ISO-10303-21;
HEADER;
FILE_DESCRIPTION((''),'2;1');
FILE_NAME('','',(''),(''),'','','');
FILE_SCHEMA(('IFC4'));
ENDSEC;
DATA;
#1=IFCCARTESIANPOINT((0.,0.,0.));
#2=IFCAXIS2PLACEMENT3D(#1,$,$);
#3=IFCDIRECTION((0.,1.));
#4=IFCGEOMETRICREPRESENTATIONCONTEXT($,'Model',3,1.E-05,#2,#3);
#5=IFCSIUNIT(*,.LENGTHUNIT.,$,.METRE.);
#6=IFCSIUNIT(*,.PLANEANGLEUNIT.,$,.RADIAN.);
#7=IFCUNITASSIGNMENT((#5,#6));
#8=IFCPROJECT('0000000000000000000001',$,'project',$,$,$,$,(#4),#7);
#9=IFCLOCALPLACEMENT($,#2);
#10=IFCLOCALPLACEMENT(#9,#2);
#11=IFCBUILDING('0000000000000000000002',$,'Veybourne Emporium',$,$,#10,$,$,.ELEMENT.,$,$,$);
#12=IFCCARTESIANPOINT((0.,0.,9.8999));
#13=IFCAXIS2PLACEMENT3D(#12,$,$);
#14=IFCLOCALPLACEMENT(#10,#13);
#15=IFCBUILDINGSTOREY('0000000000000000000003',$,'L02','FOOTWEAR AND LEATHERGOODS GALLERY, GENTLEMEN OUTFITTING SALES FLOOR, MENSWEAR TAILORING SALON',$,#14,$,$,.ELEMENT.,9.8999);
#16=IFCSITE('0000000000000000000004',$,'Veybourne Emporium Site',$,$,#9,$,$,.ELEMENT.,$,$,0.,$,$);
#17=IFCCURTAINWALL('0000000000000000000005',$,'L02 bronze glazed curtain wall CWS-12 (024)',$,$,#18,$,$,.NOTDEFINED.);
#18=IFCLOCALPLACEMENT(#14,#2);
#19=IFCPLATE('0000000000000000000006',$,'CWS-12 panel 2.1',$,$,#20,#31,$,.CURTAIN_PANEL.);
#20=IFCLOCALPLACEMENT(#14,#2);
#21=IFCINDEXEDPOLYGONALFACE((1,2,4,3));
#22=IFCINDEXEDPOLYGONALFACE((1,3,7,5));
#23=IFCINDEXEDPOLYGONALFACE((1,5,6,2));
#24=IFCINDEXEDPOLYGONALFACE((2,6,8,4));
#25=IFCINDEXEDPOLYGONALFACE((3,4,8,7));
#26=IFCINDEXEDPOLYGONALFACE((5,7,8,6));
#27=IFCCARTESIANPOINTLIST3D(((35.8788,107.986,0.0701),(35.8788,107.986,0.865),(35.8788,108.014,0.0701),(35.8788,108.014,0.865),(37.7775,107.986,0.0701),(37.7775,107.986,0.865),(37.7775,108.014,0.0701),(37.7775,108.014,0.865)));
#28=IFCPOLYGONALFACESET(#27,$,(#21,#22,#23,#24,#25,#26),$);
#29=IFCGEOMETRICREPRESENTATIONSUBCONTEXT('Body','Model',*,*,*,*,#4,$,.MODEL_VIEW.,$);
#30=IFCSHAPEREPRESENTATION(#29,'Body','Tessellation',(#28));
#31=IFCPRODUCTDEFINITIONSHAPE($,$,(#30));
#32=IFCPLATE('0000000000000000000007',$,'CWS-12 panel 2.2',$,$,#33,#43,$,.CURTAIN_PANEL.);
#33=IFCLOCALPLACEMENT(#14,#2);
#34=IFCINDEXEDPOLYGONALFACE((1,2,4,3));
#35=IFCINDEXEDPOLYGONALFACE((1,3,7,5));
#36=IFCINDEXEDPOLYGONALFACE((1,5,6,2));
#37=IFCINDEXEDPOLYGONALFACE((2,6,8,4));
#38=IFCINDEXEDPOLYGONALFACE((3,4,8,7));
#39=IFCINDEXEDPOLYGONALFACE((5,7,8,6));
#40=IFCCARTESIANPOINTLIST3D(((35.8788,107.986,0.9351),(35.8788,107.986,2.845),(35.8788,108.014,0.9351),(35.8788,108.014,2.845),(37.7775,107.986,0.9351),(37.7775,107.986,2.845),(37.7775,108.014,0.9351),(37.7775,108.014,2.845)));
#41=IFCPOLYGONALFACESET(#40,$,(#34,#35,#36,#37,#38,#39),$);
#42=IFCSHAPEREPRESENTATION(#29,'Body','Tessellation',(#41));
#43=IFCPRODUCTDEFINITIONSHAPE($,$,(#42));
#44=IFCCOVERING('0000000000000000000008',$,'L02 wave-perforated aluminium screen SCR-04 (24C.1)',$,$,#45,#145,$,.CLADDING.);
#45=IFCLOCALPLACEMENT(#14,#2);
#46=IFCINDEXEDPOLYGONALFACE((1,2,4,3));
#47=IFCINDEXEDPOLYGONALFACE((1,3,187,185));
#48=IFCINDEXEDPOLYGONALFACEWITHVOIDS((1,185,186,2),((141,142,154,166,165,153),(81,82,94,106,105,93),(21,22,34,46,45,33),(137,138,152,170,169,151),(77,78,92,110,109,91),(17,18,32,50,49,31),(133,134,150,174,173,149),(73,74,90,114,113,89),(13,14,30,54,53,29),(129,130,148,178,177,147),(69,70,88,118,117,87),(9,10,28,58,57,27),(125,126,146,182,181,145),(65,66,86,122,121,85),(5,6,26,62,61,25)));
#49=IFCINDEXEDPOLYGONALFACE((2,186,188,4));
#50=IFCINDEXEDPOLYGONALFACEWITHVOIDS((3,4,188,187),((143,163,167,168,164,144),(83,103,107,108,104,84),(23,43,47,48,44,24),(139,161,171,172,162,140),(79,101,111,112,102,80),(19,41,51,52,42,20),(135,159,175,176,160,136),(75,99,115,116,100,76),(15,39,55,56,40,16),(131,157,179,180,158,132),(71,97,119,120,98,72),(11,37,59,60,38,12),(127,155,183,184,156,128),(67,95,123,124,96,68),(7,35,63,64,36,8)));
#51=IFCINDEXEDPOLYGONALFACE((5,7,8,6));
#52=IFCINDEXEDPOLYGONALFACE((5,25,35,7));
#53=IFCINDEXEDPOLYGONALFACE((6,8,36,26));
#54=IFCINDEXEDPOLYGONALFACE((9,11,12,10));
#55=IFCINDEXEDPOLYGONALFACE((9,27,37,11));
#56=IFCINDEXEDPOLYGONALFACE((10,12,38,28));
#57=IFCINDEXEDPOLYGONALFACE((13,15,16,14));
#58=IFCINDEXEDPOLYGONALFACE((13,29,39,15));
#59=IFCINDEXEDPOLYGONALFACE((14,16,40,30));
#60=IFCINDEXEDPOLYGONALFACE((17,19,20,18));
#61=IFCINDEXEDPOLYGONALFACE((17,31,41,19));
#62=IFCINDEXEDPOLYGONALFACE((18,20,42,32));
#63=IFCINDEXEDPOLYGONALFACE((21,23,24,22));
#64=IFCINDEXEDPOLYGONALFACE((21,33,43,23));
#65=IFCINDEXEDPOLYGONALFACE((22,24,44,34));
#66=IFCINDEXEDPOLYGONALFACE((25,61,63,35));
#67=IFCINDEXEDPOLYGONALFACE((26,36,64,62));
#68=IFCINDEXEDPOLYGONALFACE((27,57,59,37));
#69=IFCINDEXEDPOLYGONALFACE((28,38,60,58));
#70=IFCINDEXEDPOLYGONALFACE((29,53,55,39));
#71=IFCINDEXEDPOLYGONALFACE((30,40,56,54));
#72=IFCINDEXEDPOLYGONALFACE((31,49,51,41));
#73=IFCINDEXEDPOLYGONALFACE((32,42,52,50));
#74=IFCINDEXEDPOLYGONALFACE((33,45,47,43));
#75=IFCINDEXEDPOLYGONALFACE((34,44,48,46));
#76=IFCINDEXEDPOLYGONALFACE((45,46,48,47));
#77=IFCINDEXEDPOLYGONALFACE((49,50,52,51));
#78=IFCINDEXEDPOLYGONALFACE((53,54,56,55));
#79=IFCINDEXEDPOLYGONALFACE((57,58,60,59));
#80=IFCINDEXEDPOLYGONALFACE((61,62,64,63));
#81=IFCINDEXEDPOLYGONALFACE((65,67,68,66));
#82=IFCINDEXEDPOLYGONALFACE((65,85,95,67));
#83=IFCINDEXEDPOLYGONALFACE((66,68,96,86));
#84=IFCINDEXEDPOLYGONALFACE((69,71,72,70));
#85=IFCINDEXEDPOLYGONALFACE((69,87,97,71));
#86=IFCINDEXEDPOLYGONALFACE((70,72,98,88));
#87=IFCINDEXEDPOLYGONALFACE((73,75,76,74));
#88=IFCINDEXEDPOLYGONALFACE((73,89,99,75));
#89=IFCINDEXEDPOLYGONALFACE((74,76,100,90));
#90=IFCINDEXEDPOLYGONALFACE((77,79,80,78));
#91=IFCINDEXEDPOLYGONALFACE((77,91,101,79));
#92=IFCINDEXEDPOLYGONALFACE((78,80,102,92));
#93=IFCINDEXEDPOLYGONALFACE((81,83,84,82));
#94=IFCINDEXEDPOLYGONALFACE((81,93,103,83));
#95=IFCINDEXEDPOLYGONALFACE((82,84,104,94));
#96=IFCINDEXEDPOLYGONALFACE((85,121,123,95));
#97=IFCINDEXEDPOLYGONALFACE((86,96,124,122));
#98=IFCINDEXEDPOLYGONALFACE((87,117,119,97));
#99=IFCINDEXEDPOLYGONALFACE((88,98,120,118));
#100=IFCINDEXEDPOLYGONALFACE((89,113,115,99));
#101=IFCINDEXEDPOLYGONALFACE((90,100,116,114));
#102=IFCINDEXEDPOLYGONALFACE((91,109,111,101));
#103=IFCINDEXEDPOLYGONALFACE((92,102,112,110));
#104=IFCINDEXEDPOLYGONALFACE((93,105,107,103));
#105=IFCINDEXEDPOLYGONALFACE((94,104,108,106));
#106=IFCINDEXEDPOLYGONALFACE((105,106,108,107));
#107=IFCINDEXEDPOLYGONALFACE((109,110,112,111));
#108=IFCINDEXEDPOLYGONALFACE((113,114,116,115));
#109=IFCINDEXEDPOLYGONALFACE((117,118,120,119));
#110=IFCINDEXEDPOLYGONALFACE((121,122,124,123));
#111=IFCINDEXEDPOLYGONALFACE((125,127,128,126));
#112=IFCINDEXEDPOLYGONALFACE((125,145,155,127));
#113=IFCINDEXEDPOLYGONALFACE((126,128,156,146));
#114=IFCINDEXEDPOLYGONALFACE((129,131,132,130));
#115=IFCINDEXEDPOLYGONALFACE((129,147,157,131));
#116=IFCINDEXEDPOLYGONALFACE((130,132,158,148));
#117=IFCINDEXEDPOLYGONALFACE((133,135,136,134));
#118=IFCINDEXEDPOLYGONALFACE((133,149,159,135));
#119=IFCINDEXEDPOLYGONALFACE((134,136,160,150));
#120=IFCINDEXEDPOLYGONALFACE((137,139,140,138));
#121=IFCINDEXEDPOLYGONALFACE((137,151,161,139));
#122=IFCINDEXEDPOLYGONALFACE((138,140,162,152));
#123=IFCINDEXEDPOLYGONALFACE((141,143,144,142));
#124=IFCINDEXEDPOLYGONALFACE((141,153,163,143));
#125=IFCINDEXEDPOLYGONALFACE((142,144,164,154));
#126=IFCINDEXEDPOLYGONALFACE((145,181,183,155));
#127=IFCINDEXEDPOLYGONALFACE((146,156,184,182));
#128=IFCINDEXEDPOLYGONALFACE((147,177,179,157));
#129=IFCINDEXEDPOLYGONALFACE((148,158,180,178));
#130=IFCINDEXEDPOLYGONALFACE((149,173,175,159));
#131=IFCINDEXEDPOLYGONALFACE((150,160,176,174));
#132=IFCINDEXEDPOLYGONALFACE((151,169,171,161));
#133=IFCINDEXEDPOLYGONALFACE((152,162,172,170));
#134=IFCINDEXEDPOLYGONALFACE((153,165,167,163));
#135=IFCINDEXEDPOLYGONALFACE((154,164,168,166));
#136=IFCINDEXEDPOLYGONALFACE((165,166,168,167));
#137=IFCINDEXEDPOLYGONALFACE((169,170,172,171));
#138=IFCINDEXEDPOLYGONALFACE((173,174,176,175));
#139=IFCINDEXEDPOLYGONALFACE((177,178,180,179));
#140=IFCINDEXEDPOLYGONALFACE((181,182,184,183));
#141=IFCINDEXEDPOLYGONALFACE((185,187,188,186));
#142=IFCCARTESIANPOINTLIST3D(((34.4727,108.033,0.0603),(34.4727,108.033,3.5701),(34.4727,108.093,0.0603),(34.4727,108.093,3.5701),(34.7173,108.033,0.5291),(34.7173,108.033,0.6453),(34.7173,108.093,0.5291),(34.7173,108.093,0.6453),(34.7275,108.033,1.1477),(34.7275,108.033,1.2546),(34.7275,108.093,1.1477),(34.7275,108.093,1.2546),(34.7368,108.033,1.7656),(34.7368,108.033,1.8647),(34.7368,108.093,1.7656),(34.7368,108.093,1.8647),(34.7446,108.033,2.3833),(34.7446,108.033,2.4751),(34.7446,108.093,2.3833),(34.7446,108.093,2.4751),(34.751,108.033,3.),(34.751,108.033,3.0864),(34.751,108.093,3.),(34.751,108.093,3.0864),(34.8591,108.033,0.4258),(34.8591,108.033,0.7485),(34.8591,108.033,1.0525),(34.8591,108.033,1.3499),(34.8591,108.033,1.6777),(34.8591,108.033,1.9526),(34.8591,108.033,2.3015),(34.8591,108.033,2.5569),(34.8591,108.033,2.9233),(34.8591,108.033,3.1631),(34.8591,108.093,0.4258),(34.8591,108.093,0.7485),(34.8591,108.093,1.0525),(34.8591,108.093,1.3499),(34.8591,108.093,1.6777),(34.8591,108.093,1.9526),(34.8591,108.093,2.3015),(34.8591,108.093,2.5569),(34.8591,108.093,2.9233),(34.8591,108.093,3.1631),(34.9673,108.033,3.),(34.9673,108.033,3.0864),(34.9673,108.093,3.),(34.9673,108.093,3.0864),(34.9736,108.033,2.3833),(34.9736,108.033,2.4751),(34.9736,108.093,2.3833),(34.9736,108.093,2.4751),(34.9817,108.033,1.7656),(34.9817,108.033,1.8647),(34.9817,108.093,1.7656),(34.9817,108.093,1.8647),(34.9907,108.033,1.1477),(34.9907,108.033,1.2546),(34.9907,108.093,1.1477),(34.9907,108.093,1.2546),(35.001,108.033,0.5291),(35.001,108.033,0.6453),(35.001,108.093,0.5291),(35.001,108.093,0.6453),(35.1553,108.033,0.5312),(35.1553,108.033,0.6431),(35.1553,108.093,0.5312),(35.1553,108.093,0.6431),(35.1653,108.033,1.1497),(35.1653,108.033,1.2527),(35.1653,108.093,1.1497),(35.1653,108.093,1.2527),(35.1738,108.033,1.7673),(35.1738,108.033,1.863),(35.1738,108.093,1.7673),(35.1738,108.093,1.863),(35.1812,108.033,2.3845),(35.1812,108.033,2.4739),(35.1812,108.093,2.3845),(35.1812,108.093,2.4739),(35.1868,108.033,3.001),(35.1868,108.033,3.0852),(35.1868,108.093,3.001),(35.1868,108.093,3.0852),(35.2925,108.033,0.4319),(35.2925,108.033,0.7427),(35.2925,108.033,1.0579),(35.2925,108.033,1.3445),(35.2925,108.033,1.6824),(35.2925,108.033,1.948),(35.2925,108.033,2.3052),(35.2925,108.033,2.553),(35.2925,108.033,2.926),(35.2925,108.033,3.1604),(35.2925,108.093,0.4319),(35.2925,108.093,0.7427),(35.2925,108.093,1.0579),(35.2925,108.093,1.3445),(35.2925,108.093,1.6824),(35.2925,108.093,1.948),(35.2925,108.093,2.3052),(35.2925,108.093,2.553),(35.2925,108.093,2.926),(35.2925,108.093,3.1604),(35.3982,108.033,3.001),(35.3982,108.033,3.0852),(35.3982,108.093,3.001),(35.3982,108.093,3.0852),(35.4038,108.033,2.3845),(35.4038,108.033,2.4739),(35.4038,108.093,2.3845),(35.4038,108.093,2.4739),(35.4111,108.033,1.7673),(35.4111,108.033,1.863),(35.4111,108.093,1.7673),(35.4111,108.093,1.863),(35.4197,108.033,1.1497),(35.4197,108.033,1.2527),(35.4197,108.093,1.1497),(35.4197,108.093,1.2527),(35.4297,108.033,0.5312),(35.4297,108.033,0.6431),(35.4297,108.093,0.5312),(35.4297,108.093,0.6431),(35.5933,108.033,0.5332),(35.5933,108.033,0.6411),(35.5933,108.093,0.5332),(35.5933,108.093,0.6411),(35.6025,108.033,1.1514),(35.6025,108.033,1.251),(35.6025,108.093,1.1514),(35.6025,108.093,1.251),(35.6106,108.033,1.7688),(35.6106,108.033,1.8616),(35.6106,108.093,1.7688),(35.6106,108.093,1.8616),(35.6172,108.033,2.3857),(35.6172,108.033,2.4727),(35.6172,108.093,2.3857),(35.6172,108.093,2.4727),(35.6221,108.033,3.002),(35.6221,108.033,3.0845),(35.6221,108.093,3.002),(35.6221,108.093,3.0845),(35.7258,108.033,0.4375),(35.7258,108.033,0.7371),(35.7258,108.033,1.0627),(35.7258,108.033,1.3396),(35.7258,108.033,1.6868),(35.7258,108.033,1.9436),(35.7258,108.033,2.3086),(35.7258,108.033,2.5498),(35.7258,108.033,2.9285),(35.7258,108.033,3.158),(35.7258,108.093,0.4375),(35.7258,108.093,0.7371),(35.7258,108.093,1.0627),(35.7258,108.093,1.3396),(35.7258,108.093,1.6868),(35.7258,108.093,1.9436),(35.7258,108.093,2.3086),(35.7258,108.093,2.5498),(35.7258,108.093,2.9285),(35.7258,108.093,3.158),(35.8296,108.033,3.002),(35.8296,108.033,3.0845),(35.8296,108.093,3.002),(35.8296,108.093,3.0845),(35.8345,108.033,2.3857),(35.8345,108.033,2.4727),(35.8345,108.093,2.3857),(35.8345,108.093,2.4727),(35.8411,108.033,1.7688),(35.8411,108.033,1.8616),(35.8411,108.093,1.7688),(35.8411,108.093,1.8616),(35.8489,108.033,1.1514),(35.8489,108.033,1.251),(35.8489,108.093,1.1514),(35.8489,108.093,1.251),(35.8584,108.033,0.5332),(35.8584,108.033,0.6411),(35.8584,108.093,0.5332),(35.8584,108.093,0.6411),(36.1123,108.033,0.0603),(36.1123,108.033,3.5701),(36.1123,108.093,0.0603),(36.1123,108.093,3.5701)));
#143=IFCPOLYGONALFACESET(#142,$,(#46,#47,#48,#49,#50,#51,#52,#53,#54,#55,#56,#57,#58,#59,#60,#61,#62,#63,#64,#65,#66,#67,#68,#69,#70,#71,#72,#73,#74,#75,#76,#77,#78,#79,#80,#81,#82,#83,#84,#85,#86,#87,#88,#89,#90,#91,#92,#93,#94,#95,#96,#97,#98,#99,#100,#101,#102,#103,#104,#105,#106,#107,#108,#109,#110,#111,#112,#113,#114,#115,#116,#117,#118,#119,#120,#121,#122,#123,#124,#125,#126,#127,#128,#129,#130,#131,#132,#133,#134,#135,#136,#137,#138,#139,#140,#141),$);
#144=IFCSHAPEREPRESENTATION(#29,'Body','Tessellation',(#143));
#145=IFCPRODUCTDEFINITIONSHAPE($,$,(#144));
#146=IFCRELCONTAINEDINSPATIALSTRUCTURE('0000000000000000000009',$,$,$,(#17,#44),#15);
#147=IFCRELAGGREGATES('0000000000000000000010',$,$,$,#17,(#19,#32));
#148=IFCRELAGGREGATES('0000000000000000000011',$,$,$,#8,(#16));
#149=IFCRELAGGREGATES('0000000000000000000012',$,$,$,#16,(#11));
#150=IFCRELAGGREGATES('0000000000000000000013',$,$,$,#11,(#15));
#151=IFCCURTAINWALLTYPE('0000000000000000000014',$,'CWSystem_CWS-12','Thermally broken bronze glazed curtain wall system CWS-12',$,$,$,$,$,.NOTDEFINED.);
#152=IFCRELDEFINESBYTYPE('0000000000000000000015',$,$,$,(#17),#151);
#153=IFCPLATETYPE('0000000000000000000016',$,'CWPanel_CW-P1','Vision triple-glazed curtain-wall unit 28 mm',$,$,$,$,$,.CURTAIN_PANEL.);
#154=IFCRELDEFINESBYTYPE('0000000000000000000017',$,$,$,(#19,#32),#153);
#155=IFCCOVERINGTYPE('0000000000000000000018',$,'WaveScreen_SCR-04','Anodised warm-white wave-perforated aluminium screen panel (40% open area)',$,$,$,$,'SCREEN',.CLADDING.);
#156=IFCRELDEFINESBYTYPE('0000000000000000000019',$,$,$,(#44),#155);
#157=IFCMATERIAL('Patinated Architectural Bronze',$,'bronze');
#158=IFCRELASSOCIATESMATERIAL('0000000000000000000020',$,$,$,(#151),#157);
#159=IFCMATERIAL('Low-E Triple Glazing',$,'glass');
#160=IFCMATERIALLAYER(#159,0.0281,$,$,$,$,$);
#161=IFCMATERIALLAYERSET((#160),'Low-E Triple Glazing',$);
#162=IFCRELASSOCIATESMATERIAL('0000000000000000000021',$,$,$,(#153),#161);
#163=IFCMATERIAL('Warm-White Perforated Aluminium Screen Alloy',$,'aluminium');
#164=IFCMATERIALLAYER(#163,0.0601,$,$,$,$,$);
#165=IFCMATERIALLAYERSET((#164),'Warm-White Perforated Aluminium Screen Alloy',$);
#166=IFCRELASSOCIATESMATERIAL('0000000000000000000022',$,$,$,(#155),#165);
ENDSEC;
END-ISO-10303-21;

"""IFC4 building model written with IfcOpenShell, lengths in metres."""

from ifc_helpers import new_model, si_unit, direction, frame, origin, origin_2d, place, context, subcontext, project, spatial, polyline, rectangle, outline, extrude, material, layer, layer_set, type_object, element, aggregate, save


model = new_model("IFC4")

# Units and contexts
model_context = context("Model", 3, precision=1e-05, world=origin(), true_north=direction((0.0, 1.0)))
body_context = subcontext(model_context, "Body", "Model", "MODEL_VIEW")
ifc_project = project(units=[si_unit("LENGTHUNIT", "METRE"), si_unit("PLANEANGLEUNIT", "RADIAN")], contexts=[model_context])

# Site, building, storey
site_placement = place(None, origin())
site = spatial("IfcSite", under=ifc_project, at=site_placement, Name="Veybourne Emporium Site", CompositionType="ELEMENT", RefElevation=0.0)
building_placement = place(site_placement, origin())
building = spatial("IfcBuilding", under=site, at=building_placement, Name="Veybourne Emporium", CompositionType="ELEMENT")
storey_placement = place(building_placement, frame((0.0, 0.0, 9.8999)))
storey = spatial("IfcBuildingStorey", under=building, at=storey_placement, Name="L02", Description="FOOTWEAR AND LEATHERGOODS GALLERY, GENTLEMEN OUTFITTING SALES FLOOR, MENSWEAR TAILORING SALON", CompositionType="ELEMENT", Elevation=9.8999)

# Curtain wall
ifc_material_1 = material(Name="Patinated Architectural Bronze", Category="bronze")
curtain_wall_type = type_object("IfcCurtainWallType", Name="CWSystem_CWS-12", Description="Thermally broken bronze glazed curtain wall system CWS-12", PredefinedType="NOTDEFINED", material=ifc_material_1)
curtain_wall_placement = place(storey_placement, origin())
curtain_wall = element("IfcCurtainWall", 1, at=curtain_wall_placement, inside=storey, type_object=curtain_wall_type, Name="L02 bronze glazed curtain wall CWS-12 (024)", PredefinedType="NOTDEFINED")

# Plates
ifc_material_2 = material(Name="Low-E Triple Glazing", Category="glass")
ifc_layer_1 = layer(ifc_material_2, 0.0281)
ifc_layer_set_1 = layer_set([ifc_layer_1], Name="Low-E Triple Glazing")
plate_type = type_object("IfcPlateType", Name="CWPanel_CW-P1", Description="Vision triple-glazed curtain-wall unit 28 mm", PredefinedType="CURTAIN_PANEL", material=ifc_layer_set_1)
plate_1_placement = place(storey_placement, frame((36.8281, 108.0, 0.0701), z_axis=(0.0, 0.0, 1.0), x_axis=(1.0, 0.0, 0.0)))
plate_1 = element("IfcPlate", 2, at=plate_1_placement, type_object=plate_type, Name="CWS-12 panel 2.1", PredefinedType="CURTAIN_PANEL", context=body_context, shape_type="SweptSolid", body=[
    extrude(rectangle(XDim=1.8987, YDim=0.0281, at=origin_2d()), origin(), (0.0, 0.0, 1.0), 0.7949),
])
plate_2_placement = place(storey_placement, frame((36.8281, 108.0, 0.9351), z_axis=(0.0, 0.0, 1.0), x_axis=(1.0, 0.0, 0.0)))
plate_2 = element("IfcPlate", 3, at=plate_2_placement, type_object=plate_type, Name="CWS-12 panel 2.2", PredefinedType="CURTAIN_PANEL", context=body_context, shape_type="SweptSolid", body=[
    extrude(rectangle(XDim=1.8987, YDim=0.0281, at=origin_2d()), origin(), (0.0, 0.0, 1.0), 1.9099),
])
aggregate(curtain_wall, [plate_1, plate_2])

# Covering
ifc_material_3 = material(Name="Warm-White Perforated Aluminium Screen Alloy", Category="aluminium")
ifc_layer_2 = layer(ifc_material_3, 0.0601)
ifc_layer_set_2 = layer_set([ifc_layer_2], Name="Warm-White Perforated Aluminium Screen Alloy")
covering_type = type_object("IfcCoveringType", Name="WaveScreen_SCR-04", Description="Anodised warm-white wave-perforated aluminium screen panel (40% open area)", ElementType="SCREEN", PredefinedType="CLADDING", material=ifc_layer_set_2)
covering_placement = place(storey_placement, frame((35.2925, 108.093, 1.8152), z_axis=(0.0, -1.0, 0.0), x_axis=(1.0, 0.0, 0.0)))
element("IfcCovering", 4, at=covering_placement, inside=storey, type_object=covering_type, Name="L02 wave-perforated aluminium screen SCR-04 (24C.1)", PredefinedType="CLADDING", context=body_context, shape_type="SweptSolid", body=[
    extrude(outline(polyline([(-0.8198, -1.7549), (0.8198, -1.7549), (0.8198, 1.7549), (-0.8198, 1.7549), (-0.8198, -1.7549)]), holes=[polyline([(-0.4333, -1.0667), (-0.2915, -1.1699), (-0.2915, -1.2861), (-0.4333, -1.3894), (-0.5752, -1.2861), (-0.5752, -1.1699), (-0.4333, -1.0667)]), polyline([(-0.4333, -0.4653), (-0.3018, -0.5605), (-0.3018, -0.6675), (-0.4333, -0.7627), (-0.5649, -0.6675), (-0.5649, -0.5605), (-0.4333, -0.4653)]), polyline([(-0.4333, 0.1375), (-0.3108, 0.0496), (-0.3108, -0.0496), (-0.4333, -0.1375), (-0.5557, -0.0496), (-0.5557, 0.0496), (-0.4333, 0.1375)]), polyline([(-0.4333, 0.7417), (-0.3188, 0.6599), (-0.3188, 0.5681), (-0.4333, 0.4863), (-0.5479, 0.5681), (-0.5479, 0.6599), (-0.4333, 0.7417)]), polyline([(-0.4333, 1.3479), (-0.3252, 1.2712), (-0.3252, 1.1848), (-0.4333, 1.1082), (-0.5415, 1.1848), (-0.5415, 1.2712), (-0.4333, 1.3479)]), polyline([(0.0, -1.0725), (0.1372, -1.1721), (0.1372, -1.2839), (0.0, -1.3833), (-0.1372, -1.2839), (-0.1372, -1.1721), (0.0, -1.0725)]), polyline([(0.0, -0.4707), (0.1272, -0.5625), (0.1272, -0.6655), (0.0, -0.7573), (-0.1272, -0.6655), (-0.1272, -0.5625), (0.0, -0.4707)]), polyline([(0.0, 0.1328), (0.1187, 0.0479), (0.1187, -0.0479), (0.0, -0.1328), (-0.1187, -0.0479), (-0.1187, 0.0479), (0.0, 0.1328)]), polyline([(0.0, 0.7378), (0.1113, 0.6587), (0.1113, 0.5693), (0.0, 0.49), (-0.1113, 0.5693), (-0.1113, 0.6587), (0.0, 0.7378)]), polyline([(0.0, 1.3452), (0.1057, 1.27), (0.1057, 1.1858), (0.0, 1.1108), (-0.1057, 1.1858), (-0.1057, 1.27), (0.0, 1.3452)]), polyline([(0.4333, -1.0781), (0.5659, -1.1741), (0.5659, -1.282), (0.4333, -1.3777), (0.3008, -1.282), (0.3008, -1.1741), (0.4333, -1.0781)]), polyline([(0.4333, -0.4756), (0.5564, -0.5642), (0.5564, -0.6638), (0.4333, -0.7524), (0.3101, -0.6638), (0.3101, -0.5642), (0.4333, -0.4756)]), polyline([(0.4333, 0.1284), (0.5486, 0.0464), (0.5486, -0.0464), (0.4333, -0.1284), (0.3181, -0.0464), (0.3181, 0.0464), (0.4333, 0.1284)]), polyline([(0.4333, 0.7346), (0.542, 0.6575), (0.542, 0.5706), (0.4333, 0.4934), (0.3247, 0.5706), (0.3247, 0.6575), (0.4333, 0.7346)]), polyline([(0.4333, 1.3428), (0.5371, 1.2693), (0.5371, 1.1868), (0.4333, 1.1133), (0.3296, 1.1868), (0.3296, 1.2693), (0.4333, 1.3428)])]), origin(), (0.0, 0.0, 1.0), 0.0601),
])

save(model, "model.ifc")
